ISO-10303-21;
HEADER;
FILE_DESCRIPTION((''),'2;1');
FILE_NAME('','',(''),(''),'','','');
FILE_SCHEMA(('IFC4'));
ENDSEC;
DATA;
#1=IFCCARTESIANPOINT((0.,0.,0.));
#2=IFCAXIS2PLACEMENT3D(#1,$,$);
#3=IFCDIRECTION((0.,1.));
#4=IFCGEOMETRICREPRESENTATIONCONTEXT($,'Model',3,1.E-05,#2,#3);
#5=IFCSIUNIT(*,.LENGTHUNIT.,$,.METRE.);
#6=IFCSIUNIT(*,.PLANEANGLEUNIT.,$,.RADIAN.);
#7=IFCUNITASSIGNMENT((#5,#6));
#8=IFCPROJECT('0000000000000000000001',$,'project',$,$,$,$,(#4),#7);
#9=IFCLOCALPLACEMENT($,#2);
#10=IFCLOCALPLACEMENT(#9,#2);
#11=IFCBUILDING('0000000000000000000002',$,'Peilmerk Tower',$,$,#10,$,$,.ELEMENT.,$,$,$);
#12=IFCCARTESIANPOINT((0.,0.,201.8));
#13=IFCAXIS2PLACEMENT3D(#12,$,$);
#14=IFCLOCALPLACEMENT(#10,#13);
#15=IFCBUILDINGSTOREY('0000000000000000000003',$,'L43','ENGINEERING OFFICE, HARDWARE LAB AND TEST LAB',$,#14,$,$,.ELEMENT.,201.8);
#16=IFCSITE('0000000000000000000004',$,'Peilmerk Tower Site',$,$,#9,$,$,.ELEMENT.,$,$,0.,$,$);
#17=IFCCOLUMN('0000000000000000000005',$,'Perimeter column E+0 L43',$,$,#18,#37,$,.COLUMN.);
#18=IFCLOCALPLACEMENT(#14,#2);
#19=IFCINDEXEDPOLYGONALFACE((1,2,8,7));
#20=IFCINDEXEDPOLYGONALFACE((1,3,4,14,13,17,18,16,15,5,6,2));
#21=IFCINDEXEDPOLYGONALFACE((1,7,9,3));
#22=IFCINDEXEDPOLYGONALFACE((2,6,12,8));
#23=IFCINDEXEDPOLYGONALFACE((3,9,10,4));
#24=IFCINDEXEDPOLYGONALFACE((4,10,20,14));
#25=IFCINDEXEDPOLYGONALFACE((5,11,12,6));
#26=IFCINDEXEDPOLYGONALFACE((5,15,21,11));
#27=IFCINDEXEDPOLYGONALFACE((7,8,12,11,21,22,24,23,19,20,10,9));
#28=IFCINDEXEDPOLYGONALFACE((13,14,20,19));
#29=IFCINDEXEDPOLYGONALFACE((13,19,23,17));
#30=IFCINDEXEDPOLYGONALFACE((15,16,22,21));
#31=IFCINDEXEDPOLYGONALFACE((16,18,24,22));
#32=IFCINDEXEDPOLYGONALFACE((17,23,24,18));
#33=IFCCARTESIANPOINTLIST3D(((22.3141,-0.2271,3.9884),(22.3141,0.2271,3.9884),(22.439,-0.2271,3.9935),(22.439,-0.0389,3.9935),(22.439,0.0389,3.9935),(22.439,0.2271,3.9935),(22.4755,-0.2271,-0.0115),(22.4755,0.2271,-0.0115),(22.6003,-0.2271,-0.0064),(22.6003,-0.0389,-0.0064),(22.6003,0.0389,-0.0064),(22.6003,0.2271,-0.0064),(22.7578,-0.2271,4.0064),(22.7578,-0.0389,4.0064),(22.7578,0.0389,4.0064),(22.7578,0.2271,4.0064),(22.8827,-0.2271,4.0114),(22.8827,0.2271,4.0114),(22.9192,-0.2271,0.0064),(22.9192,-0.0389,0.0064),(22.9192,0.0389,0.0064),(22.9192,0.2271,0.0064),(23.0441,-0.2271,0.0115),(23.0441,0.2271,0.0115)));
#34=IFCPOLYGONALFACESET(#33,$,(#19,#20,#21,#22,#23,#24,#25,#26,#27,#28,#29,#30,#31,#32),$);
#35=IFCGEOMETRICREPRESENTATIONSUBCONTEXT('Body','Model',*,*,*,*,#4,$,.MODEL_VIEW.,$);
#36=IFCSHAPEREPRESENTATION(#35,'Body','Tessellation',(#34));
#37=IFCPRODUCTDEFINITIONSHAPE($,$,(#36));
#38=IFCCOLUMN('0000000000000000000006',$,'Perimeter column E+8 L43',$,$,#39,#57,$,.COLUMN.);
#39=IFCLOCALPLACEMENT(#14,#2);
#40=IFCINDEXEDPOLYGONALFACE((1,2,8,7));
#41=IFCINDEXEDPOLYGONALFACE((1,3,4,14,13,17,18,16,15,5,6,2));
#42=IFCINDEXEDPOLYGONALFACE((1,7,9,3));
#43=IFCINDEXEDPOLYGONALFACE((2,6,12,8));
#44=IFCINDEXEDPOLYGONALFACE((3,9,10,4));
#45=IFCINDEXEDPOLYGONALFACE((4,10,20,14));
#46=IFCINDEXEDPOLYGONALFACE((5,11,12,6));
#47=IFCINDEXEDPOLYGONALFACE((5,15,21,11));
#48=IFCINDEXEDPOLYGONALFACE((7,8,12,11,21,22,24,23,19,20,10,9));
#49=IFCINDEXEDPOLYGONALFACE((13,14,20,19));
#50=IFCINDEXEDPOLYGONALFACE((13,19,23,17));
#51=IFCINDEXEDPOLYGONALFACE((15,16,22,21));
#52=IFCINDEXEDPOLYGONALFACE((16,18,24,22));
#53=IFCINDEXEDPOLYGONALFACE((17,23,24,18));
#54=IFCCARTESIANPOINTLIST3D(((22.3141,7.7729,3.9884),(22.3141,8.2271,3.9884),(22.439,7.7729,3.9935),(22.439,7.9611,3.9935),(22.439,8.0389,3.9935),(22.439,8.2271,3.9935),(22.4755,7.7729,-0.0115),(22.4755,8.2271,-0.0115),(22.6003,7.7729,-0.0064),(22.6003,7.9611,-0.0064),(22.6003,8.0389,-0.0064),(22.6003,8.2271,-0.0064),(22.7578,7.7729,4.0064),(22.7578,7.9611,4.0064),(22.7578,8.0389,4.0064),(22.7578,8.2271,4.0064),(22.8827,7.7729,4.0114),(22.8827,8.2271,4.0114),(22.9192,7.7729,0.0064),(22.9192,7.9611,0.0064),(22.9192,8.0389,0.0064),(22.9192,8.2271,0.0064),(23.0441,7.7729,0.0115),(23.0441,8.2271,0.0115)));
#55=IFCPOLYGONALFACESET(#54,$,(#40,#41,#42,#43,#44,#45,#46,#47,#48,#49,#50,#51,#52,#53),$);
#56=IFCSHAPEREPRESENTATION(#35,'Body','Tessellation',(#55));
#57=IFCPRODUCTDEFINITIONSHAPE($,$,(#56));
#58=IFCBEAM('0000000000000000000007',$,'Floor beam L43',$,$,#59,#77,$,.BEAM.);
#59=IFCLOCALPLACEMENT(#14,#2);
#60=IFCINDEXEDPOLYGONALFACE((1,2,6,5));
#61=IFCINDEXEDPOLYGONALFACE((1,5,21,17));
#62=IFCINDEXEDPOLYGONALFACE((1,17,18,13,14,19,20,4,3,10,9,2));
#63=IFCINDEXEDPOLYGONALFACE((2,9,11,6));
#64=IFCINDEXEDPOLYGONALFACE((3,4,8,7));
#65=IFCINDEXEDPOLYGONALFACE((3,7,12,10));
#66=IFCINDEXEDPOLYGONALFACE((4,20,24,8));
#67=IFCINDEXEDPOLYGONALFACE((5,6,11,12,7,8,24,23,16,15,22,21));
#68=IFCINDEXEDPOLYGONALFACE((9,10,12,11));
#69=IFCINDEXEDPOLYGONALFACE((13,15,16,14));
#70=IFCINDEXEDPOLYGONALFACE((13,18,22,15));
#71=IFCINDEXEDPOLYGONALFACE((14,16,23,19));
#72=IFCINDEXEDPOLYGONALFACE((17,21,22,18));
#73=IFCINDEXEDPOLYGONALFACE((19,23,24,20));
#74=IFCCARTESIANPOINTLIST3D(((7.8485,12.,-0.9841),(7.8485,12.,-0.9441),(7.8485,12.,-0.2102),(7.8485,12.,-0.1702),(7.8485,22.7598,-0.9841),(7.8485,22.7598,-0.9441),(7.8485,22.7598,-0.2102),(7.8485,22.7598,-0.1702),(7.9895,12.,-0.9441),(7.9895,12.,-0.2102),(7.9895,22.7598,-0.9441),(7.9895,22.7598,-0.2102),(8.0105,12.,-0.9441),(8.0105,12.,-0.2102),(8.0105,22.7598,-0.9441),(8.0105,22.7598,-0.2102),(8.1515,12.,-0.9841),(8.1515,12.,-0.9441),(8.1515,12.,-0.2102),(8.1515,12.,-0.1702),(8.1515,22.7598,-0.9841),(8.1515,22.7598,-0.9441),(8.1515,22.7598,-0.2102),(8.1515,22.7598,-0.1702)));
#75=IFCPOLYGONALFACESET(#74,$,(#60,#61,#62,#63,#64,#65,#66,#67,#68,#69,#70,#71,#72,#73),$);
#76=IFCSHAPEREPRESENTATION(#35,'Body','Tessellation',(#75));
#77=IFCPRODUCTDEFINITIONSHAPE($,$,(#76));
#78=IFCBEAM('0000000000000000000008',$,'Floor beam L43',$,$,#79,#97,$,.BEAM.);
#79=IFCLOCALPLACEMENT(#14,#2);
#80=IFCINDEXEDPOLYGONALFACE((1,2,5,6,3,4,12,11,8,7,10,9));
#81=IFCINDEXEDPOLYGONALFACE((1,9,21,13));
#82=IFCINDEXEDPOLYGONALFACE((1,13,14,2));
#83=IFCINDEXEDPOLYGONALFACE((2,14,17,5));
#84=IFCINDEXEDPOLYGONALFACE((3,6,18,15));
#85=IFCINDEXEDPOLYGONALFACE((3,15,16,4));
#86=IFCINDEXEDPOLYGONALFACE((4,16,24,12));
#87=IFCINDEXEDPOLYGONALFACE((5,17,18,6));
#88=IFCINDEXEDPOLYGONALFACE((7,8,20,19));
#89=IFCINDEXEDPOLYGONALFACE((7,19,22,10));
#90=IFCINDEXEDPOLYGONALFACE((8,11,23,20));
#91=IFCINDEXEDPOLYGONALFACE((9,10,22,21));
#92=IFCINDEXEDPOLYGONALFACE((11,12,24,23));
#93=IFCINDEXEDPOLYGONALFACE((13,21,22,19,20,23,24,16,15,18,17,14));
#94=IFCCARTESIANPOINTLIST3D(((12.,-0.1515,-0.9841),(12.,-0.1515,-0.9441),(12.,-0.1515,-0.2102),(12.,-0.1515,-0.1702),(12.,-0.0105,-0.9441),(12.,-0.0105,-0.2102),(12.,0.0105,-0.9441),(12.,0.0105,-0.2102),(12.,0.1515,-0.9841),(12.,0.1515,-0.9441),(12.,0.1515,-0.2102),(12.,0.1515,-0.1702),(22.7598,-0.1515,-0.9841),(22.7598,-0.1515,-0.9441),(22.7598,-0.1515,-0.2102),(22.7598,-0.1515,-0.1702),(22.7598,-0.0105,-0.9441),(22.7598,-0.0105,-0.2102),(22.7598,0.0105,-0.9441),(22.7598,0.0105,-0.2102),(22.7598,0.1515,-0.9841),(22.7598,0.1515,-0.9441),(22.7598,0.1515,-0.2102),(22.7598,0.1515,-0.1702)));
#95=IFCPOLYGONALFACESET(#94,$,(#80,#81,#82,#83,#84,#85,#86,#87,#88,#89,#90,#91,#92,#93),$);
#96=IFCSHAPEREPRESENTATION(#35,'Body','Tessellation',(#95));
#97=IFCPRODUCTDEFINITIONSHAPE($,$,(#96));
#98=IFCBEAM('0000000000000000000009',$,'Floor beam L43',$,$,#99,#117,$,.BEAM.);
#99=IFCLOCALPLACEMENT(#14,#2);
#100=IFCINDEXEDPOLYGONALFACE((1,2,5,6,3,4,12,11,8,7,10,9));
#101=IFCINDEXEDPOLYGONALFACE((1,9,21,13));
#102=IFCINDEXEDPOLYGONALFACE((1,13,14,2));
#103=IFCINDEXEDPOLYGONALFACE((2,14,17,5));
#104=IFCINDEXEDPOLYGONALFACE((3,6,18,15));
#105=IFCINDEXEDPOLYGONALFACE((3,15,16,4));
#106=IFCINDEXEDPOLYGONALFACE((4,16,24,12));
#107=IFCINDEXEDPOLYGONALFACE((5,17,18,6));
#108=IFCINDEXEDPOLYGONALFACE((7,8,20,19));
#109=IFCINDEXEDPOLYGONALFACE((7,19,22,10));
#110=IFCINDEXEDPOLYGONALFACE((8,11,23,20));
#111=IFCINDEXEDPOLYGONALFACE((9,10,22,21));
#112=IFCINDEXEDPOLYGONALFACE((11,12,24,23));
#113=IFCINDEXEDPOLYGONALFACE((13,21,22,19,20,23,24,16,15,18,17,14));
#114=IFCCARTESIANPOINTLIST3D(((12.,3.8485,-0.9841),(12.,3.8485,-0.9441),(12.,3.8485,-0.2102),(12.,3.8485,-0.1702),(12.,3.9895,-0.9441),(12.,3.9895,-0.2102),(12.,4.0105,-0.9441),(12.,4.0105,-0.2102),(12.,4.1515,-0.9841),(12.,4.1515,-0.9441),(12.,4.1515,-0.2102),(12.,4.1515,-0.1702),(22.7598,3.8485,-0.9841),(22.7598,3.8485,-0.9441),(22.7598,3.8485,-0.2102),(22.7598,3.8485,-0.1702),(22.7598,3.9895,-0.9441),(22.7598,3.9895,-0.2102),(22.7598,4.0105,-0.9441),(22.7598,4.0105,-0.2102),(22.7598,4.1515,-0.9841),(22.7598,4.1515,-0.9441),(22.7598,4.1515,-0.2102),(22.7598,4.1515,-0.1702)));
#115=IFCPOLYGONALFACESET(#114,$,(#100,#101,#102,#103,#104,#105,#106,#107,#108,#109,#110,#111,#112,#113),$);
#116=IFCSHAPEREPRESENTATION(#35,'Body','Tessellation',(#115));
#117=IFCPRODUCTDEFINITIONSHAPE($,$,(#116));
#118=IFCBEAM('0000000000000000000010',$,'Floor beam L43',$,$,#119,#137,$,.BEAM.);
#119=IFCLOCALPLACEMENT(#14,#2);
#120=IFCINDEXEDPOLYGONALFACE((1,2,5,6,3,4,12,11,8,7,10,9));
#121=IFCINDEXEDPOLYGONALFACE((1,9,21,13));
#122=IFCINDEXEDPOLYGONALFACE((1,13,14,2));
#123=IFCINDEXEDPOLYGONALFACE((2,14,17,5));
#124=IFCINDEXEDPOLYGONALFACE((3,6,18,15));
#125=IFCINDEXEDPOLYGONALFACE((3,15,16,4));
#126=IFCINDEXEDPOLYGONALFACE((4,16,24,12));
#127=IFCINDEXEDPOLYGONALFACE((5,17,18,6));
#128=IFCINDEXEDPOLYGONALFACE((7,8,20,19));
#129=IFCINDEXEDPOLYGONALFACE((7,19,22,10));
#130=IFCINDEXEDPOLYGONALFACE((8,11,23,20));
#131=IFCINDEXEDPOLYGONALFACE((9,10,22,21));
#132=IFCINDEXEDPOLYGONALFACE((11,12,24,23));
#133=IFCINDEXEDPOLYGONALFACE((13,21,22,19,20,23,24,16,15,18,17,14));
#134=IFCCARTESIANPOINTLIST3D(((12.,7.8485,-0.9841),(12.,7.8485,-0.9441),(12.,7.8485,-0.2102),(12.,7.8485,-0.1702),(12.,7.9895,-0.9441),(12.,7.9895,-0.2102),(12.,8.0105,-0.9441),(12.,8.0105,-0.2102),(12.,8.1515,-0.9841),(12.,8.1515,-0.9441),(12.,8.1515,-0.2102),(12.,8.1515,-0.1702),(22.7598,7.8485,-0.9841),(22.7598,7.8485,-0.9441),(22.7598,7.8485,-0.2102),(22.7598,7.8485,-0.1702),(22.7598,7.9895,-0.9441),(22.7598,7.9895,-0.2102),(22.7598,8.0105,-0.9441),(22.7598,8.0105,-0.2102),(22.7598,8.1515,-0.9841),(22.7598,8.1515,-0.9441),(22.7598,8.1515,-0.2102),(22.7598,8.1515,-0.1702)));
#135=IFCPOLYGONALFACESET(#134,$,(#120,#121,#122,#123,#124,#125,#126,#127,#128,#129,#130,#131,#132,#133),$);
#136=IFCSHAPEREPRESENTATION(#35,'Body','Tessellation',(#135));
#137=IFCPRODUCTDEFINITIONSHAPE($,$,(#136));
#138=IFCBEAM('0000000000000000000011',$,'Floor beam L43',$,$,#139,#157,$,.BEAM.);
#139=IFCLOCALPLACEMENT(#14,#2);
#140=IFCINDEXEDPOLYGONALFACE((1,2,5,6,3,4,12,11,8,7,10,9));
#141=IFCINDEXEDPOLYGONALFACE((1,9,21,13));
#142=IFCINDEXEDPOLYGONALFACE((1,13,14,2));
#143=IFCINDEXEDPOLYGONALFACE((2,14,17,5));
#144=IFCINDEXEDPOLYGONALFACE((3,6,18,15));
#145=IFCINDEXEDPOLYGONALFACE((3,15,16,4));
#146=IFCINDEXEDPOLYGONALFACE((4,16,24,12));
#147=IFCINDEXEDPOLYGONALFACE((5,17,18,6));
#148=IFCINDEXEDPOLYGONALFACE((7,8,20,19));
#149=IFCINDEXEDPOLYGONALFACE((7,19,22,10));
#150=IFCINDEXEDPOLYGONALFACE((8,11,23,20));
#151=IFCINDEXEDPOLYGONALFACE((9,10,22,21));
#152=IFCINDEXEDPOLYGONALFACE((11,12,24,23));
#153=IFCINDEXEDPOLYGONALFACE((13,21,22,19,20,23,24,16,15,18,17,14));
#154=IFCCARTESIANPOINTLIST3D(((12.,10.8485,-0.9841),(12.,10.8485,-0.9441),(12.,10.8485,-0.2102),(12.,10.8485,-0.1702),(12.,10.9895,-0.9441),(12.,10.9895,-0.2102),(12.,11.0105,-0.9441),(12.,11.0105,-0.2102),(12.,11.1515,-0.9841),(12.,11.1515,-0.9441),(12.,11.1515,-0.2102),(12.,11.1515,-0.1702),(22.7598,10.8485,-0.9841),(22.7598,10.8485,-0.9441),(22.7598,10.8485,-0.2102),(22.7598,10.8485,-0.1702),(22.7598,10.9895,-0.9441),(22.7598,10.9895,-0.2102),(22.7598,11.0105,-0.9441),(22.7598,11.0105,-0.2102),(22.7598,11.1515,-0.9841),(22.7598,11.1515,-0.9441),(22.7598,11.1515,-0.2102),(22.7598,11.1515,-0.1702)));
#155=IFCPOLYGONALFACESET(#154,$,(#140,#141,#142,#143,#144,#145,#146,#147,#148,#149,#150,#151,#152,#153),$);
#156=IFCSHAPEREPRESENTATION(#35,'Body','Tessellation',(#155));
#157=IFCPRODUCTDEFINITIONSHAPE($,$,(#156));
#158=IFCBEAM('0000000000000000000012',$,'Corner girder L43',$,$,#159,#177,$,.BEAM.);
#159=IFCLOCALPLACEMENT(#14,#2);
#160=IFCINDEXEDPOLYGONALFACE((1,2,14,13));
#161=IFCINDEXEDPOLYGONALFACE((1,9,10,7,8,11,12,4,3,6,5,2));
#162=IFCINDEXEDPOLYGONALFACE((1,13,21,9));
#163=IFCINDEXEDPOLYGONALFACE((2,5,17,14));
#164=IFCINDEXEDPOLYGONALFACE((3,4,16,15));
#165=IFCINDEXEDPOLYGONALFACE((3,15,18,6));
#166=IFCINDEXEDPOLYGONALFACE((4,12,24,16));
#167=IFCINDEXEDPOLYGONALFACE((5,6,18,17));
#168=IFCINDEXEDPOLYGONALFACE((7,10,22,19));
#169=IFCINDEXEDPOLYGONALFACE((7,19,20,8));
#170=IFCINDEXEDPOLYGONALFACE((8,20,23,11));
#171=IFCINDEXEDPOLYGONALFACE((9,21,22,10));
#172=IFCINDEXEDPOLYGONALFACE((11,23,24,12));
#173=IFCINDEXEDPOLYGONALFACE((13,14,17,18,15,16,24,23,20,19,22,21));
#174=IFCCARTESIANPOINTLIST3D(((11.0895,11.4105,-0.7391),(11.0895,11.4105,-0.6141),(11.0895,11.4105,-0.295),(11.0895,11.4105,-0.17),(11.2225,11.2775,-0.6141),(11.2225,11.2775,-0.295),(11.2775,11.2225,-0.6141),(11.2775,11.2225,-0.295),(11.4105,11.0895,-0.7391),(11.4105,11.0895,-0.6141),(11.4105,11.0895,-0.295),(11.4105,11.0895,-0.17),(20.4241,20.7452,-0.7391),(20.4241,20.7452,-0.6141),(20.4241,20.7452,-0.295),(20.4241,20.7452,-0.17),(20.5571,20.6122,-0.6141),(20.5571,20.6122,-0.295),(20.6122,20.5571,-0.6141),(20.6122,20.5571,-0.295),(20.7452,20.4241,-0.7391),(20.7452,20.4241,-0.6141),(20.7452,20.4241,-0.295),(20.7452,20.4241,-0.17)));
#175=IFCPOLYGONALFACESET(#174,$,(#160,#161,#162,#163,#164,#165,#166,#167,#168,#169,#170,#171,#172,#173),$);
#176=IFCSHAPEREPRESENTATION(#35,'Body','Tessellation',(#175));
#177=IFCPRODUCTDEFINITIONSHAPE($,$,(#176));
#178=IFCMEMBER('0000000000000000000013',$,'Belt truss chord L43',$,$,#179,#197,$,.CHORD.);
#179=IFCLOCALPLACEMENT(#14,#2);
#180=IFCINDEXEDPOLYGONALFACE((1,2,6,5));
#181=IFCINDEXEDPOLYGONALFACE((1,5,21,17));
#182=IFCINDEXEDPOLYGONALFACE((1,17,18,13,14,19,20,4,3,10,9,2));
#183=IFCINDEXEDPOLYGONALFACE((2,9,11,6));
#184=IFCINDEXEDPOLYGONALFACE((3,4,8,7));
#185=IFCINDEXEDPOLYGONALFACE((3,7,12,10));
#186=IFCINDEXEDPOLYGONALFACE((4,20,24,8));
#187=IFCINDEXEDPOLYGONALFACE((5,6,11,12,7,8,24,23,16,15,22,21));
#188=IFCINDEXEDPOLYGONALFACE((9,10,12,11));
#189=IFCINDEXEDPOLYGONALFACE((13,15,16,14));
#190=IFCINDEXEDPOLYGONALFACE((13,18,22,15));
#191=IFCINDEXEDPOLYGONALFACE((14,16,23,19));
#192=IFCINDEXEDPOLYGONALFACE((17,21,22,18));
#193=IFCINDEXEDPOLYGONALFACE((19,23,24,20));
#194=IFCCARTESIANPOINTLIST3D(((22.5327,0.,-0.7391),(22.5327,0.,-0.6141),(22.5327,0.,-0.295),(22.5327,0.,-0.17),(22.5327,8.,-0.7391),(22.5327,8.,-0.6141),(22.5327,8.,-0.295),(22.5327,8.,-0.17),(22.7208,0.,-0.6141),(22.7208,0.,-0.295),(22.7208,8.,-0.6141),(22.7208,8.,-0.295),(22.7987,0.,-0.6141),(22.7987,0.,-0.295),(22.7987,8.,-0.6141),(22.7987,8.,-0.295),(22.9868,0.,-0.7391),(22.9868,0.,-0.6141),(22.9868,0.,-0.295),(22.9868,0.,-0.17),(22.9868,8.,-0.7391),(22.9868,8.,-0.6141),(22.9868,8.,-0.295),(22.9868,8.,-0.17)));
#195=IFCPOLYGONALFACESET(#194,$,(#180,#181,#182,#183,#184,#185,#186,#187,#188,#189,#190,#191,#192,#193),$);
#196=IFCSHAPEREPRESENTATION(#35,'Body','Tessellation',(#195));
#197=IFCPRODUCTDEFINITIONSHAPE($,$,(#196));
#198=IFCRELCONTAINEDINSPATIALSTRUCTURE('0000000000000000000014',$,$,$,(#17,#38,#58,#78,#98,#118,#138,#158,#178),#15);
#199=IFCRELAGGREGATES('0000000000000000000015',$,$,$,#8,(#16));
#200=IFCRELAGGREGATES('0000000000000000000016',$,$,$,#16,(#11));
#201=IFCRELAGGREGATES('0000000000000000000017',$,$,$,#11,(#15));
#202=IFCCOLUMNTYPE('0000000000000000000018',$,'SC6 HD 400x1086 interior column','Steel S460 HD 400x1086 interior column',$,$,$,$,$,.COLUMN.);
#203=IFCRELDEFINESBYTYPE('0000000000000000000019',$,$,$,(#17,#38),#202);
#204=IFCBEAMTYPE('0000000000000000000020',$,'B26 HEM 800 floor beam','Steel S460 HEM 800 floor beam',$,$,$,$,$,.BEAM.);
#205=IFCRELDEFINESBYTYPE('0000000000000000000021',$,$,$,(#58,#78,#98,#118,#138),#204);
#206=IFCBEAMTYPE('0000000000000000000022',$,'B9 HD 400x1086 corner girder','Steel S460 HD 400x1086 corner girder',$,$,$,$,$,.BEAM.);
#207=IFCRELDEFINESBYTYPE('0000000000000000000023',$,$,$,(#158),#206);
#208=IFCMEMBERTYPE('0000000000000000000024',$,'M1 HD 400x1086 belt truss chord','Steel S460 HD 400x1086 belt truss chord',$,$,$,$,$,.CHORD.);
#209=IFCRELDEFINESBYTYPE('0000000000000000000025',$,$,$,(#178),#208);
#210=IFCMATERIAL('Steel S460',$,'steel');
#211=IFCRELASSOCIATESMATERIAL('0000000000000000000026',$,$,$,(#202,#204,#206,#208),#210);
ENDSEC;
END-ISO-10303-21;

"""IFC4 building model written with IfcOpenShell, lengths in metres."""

from ifc_helpers import new_model, si_unit, direction, frame, origin, origin_2d, place, context, subcontext, project, spatial, i_section, extrude, material, material_profile, profile_set, type_object, element, save


model = new_model("IFC4")

# Units and contexts
model_context = context("Model", 3, precision=1e-05, world=origin(), true_north=direction((0.0, 1.0)))
body_context = subcontext(model_context, "Body", "Model", "MODEL_VIEW")
ifc_project = project(units=[si_unit("LENGTHUNIT", "METRE"), si_unit("PLANEANGLEUNIT", "RADIAN")], contexts=[model_context])

# Site, building, storey
site_placement = place(None, origin())
site = spatial("IfcSite", under=ifc_project, at=site_placement, Name="Peilmerk Tower Site", CompositionType="ELEMENT", RefElevation=0.0)
building_placement = place(site_placement, origin())
building = spatial("IfcBuilding", under=site, at=building_placement, Name="Peilmerk Tower", CompositionType="ELEMENT")
storey_placement = place(building_placement, frame((0.0, 0.0, 201.8)))
storey = spatial("IfcBuildingStorey", under=building, at=storey_placement, Name="L43", Description="ENGINEERING OFFICE, HARDWARE LAB AND TEST LAB", CompositionType="ELEMENT", Elevation=201.8)

# Columns
ifc_material_1 = material(Name="Steel S460", Category="steel")
ifc_material_profile_1 = material_profile(ifc_material_1, i_section(OverallWidth=0.4541, OverallDepth=0.5691, WebThickness=0.0779, FlangeThickness=0.125, at=origin_2d()), Name="HD 400x1086")
ifc_profile_set_1 = profile_set([ifc_material_profile_1], Name="Steel S460")
column_type = type_object("IfcColumnType", Name="SC6 HD 400x1086 interior column", Description="Steel S460 HD 400x1086 interior column", PredefinedType="COLUMN", material=ifc_profile_set_1)
for number, where, z_axis, x_axis, name in (
    (1, (22.7598, 0.0, 0.0), (-0.040311, 0.0, 0.999187), (0.0, -1.0, 0.0), "Perimeter column E+0 L43"),
    (2, (22.7598, 8.0, 0.0), (-0.040311, 0.0, 0.999187), (0.0, -1.0, 0.0), "Perimeter column E+8 L43"),
):
    element("IfcColumn", number, at=place(storey_placement, frame(where, z_axis=z_axis, x_axis=x_axis)), inside=storey, type_object=column_type, Name=name, PredefinedType="COLUMN", context=body_context, shape_type="SweptSolid", body=[
        extrude(i_section(OverallWidth=0.4541, OverallDepth=0.5691, WebThickness=0.0779, FlangeThickness=0.125, at=origin_2d()), origin(), (0.0, 0.0, 1.0), 4.0032),
    ])

# Beams
ifc_material_profile_2 = material_profile(ifc_material_1, i_section(OverallWidth=0.303, OverallDepth=0.814, WebThickness=0.021, FlangeThickness=0.04, at=origin_2d()), Name="HEM 800")
ifc_profile_set_2 = profile_set([ifc_material_profile_2], Name="Steel S460")
beam_type_1 = type_object("IfcBeamType", Name="B26 HEM 800 floor beam", Description="Steel S460 HEM 800 floor beam", PredefinedType="BEAM", material=ifc_profile_set_2)
for number, where, z_axis, x_axis, name in (
    (3, (8.0, 12.0, -0.5771), (0.0, 1.0, 0.0), (-1.0, 0.0, 0.0), "Floor beam L43"),
    (4, (12.0, 0.0, -0.5771), (1.0, 0.0, 0.0), (0.0, 1.0, 0.0), "Floor beam L43"),
    (5, (12.0, 4.0, -0.5771), (1.0, 0.0, 0.0), (0.0, 1.0, 0.0), "Floor beam L43"),
    (6, (12.0, 8.0, -0.5771), (1.0, 0.0, 0.0), (0.0, 1.0, 0.0), "Floor beam L43"),
    (7, (12.0, 11.0, -0.5771), (1.0, 0.0, 0.0), (0.0, 1.0, 0.0), "Floor beam L43"),
):
    element("IfcBeam", number, at=place(storey_placement, frame(where, z_axis=z_axis, x_axis=x_axis)), inside=storey, type_object=beam_type_1, Name=name, PredefinedType="BEAM", context=body_context, shape_type="SweptSolid", body=[
        extrude(i_section(OverallWidth=0.303, OverallDepth=0.814, WebThickness=0.021, FlangeThickness=0.04, at=origin_2d()), origin(), (0.0, 0.0, 1.0), 10.7598),
    ])
ifc_material_profile_3 = material_profile(ifc_material_1, i_section(OverallWidth=0.4541, OverallDepth=0.5691, WebThickness=0.0779, FlangeThickness=0.125, at=origin_2d()), Name="HD 400x1086")
ifc_profile_set_3 = profile_set([ifc_material_profile_3], Name="Steel S460")
beam_type_2 = type_object("IfcBeamType", Name="B9 HD 400x1086 corner girder", Description="Steel S460 HD 400x1086 corner girder", PredefinedType="BEAM", material=ifc_profile_set_3)
beam_placement = place(storey_placement, frame((11.25, 11.25, -0.4546), z_axis=(0.707107, 0.707107, 0.0), x_axis=(-0.707107, 0.707107, 0.0)))
element("IfcBeam", 8, at=beam_placement, inside=storey, type_object=beam_type_2, Name="Corner girder L43", PredefinedType="BEAM", context=body_context, shape_type="SweptSolid", body=[
    extrude(i_section(OverallWidth=0.4541, OverallDepth=0.5691, WebThickness=0.0779, FlangeThickness=0.125, at=origin_2d()), origin(), (0.0, 0.0, 1.0), 13.2012),
])

# Member
ifc_material_profile_4 = material_profile(ifc_material_1, i_section(OverallWidth=0.4541, OverallDepth=0.5691, WebThickness=0.0779, FlangeThickness=0.125, at=origin_2d()), Name="HD 400x1086")
ifc_profile_set_4 = profile_set([ifc_material_profile_4], Name="Steel S460")
member_type = type_object("IfcMemberType", Name="M1 HD 400x1086 belt truss chord", Description="Steel S460 HD 400x1086 belt truss chord", PredefinedType="CHORD", material=ifc_profile_set_4)
member_1_placement = place(storey_placement, frame((22.7598, 0.0, -0.4546), z_axis=(0.0, 1.0, 0.0), x_axis=(-1.0, 0.0, 0.0)))
element("IfcMember", 9, at=member_1_placement, inside=storey, type_object=member_type, Name="Belt truss chord L43", PredefinedType="CHORD", context=body_context, shape_type="SweptSolid", body=[
    extrude(i_section(OverallWidth=0.4541, OverallDepth=0.5691, WebThickness=0.0779, FlangeThickness=0.125, at=origin_2d()), origin(), (0.0, 0.0, 1.0), 8.0),
])

save(model, "model.ifc")
